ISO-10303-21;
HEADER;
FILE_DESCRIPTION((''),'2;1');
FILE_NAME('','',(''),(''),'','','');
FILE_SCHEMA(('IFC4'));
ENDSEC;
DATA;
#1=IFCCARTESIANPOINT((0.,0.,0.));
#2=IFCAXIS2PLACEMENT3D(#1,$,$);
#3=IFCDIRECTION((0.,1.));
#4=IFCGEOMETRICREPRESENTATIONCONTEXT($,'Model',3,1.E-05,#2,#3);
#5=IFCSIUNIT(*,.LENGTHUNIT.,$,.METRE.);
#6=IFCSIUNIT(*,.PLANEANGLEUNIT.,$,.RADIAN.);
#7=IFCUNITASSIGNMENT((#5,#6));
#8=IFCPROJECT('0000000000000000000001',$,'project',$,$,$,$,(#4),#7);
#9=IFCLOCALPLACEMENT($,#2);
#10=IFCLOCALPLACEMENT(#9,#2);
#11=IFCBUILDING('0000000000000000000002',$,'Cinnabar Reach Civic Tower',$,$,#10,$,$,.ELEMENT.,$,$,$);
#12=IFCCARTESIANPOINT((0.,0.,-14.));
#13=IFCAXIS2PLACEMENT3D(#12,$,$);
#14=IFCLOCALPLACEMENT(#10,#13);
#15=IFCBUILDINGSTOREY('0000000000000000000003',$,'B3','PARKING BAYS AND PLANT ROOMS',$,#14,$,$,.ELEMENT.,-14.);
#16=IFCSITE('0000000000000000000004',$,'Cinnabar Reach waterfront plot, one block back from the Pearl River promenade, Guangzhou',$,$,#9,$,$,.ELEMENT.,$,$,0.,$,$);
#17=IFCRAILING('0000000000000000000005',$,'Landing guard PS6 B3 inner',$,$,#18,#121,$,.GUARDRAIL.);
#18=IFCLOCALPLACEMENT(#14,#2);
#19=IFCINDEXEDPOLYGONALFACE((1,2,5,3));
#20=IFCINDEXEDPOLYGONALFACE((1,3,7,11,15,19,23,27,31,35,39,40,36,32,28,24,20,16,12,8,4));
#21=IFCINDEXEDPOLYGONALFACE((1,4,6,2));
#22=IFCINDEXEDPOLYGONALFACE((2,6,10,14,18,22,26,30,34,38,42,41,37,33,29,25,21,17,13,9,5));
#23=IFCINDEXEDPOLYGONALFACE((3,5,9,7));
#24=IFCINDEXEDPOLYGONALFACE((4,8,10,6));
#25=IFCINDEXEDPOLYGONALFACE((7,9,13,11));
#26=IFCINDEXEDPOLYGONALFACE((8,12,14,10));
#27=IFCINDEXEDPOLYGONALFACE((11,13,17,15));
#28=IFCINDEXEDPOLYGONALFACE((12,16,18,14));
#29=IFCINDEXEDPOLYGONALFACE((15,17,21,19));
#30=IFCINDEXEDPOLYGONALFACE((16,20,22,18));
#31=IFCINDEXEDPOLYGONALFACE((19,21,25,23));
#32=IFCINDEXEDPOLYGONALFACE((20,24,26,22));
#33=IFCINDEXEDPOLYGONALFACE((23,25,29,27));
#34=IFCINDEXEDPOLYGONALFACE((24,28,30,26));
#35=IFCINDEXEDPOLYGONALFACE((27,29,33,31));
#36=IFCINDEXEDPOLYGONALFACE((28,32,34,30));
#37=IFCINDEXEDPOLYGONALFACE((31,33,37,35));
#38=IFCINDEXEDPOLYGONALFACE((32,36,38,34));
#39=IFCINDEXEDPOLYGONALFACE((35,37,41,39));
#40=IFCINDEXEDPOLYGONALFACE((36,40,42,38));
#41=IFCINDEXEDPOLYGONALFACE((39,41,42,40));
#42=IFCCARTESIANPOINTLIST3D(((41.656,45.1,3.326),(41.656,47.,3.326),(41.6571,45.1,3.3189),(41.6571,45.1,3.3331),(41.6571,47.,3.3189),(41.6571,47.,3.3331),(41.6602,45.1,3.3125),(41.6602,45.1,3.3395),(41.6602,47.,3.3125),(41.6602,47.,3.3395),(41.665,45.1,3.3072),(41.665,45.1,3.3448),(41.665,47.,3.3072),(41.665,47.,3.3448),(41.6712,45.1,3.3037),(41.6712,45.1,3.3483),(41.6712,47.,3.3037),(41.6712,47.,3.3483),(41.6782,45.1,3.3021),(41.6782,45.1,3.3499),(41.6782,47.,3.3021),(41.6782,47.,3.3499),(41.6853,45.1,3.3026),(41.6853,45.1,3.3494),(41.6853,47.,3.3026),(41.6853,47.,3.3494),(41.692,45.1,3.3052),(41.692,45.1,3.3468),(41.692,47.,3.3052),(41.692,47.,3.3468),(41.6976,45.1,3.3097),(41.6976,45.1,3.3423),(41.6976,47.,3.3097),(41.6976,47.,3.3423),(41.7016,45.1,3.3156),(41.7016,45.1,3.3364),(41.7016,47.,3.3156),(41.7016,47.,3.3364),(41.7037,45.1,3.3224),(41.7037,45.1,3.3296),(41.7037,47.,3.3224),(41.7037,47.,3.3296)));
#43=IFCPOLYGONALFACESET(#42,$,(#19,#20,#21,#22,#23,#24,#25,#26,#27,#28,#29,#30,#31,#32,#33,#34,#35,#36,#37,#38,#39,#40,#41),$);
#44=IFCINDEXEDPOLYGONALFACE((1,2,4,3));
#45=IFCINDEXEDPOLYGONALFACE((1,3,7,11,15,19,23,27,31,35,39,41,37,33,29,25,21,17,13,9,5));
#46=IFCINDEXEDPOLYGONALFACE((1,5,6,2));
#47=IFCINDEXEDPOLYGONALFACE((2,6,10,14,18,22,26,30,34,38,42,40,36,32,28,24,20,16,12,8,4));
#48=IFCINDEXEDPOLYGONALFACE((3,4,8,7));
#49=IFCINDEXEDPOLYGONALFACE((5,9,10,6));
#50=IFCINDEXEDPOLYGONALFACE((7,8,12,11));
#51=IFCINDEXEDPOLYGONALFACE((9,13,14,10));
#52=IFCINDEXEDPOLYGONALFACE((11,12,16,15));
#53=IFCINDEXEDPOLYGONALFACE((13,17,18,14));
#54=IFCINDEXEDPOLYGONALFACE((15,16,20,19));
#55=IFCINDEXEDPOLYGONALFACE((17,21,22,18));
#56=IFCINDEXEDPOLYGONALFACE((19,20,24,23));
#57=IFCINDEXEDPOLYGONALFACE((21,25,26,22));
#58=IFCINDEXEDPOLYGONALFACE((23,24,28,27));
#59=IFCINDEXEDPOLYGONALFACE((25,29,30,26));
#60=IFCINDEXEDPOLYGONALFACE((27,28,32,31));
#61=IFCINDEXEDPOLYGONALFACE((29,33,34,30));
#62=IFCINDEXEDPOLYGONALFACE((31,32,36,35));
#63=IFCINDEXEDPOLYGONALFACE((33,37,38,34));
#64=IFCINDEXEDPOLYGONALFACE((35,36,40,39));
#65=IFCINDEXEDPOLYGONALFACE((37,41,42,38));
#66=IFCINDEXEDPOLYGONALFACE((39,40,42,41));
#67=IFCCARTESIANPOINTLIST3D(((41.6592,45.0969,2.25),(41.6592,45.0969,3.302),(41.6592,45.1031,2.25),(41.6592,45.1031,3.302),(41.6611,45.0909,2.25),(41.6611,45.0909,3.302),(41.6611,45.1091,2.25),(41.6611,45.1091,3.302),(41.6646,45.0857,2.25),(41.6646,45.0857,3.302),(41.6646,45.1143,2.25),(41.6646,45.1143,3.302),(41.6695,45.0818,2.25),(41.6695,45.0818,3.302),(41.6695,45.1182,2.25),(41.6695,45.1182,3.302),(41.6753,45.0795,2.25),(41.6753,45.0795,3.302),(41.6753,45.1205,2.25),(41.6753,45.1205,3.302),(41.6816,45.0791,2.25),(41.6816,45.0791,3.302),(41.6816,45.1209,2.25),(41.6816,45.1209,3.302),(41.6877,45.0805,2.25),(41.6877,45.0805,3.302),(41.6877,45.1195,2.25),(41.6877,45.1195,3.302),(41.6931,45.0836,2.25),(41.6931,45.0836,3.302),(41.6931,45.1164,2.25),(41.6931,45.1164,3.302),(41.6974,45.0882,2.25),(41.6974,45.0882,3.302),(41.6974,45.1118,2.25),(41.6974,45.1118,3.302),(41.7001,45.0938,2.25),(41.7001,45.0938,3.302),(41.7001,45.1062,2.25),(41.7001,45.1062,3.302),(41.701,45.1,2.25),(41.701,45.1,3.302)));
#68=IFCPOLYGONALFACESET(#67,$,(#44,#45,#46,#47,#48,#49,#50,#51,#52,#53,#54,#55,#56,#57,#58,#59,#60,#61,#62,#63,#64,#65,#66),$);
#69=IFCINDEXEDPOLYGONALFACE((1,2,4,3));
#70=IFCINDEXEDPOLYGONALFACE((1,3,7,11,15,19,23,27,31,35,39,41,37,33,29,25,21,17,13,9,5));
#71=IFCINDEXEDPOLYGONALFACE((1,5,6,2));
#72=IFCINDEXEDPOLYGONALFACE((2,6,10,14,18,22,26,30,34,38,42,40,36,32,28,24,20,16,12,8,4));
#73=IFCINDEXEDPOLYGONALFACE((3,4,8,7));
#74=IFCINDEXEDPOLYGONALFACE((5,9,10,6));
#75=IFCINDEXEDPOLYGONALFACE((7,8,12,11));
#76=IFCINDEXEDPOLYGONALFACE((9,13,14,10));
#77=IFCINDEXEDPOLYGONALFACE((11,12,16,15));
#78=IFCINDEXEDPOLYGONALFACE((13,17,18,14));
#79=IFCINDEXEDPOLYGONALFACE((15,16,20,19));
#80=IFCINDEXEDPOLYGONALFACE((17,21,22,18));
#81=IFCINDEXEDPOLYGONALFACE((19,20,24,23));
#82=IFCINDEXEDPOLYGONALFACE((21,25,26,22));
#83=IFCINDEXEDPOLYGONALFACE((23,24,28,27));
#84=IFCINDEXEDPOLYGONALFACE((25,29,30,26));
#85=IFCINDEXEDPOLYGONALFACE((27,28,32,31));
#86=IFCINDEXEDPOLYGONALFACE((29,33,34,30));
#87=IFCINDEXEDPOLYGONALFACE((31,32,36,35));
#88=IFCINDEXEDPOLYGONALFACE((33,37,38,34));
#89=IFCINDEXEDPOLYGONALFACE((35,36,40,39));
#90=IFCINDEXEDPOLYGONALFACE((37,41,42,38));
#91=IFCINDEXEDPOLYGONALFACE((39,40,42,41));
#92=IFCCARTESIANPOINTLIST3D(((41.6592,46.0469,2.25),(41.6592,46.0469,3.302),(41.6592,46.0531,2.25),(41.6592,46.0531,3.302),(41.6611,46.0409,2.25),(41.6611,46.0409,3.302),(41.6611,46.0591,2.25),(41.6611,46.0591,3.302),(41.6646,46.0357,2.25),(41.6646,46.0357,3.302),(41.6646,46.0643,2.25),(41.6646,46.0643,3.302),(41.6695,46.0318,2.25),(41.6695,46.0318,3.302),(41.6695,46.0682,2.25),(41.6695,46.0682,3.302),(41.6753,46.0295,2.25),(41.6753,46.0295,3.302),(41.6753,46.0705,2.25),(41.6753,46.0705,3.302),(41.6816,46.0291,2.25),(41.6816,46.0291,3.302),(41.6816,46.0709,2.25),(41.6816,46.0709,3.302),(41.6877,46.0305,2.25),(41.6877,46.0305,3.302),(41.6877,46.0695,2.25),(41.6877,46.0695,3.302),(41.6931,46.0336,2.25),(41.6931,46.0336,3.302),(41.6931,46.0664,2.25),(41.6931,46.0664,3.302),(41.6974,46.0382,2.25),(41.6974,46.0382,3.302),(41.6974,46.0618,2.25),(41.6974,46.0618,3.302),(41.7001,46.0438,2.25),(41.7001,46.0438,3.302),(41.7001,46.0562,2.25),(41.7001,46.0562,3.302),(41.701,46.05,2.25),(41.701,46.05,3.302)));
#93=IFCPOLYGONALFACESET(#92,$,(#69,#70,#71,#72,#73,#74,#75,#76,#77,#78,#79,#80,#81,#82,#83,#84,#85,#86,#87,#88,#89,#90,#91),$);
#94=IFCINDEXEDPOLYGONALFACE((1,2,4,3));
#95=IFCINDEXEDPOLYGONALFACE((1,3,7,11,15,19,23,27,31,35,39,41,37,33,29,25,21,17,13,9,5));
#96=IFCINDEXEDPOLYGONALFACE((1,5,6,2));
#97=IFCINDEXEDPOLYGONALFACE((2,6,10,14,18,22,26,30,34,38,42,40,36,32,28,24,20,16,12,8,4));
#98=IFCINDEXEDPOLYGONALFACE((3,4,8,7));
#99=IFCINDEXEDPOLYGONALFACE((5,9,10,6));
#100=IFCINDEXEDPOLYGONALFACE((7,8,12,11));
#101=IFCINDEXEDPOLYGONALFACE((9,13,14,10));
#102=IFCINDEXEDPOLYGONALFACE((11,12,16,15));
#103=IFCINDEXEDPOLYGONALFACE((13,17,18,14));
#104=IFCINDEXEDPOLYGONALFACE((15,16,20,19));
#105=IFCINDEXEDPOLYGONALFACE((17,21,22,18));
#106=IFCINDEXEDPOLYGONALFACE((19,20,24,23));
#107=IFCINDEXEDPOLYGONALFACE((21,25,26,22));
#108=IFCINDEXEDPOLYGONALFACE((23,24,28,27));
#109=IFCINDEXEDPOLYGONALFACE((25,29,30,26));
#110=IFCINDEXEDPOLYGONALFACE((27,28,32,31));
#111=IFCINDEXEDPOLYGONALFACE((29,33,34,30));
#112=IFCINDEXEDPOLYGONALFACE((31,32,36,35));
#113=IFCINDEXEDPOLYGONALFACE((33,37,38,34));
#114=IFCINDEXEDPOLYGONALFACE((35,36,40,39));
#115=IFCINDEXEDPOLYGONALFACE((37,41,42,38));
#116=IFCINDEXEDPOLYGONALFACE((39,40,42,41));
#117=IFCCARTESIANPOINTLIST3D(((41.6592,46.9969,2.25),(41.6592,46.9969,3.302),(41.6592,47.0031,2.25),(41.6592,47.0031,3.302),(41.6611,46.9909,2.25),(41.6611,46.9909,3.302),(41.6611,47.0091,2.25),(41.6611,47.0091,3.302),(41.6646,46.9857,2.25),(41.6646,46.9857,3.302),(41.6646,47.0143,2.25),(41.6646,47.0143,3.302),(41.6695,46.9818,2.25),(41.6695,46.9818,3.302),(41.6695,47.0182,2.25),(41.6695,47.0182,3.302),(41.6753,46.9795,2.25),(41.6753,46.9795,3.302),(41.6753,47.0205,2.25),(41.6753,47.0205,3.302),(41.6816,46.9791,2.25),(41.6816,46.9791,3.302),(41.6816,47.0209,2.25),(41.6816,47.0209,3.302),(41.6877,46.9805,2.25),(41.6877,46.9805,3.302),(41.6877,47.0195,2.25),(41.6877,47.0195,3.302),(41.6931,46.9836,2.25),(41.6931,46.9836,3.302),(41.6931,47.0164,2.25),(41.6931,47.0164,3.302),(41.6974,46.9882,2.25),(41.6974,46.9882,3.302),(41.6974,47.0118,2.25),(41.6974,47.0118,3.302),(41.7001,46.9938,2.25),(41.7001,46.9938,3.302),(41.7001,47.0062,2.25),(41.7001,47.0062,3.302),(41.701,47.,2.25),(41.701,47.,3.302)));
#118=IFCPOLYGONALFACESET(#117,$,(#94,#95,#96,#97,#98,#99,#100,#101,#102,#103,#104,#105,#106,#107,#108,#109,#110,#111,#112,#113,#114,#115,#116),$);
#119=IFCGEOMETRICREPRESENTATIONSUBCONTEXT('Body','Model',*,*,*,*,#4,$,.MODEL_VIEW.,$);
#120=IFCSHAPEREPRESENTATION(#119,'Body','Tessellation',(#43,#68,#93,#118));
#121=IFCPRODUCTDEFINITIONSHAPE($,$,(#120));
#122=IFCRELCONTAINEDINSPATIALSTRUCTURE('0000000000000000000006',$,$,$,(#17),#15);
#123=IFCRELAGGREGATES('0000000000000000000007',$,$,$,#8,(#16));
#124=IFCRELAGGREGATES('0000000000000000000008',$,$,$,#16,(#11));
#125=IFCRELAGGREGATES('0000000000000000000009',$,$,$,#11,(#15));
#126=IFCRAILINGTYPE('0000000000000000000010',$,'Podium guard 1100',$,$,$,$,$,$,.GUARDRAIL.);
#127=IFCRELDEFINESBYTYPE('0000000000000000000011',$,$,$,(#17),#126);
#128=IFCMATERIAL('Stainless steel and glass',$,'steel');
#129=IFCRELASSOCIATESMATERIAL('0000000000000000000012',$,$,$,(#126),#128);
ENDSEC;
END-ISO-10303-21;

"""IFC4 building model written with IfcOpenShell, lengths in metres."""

from ifc_helpers import new_model, si_unit, direction, frame, origin, origin_2d, place, context, subcontext, project, spatial, circle, extrude, material, type_object, element, save


model = new_model("IFC4")

# Units and contexts
model_context = context("Model", 3, precision=1e-05, world=origin(), true_north=direction((0.0, 1.0)))
body_context = subcontext(model_context, "Body", "Model", "MODEL_VIEW")
ifc_project = project(units=[si_unit("LENGTHUNIT", "METRE"), si_unit("PLANEANGLEUNIT", "RADIAN")], contexts=[model_context])

# Site, building, storey
site_placement = place(None, origin())
site = spatial("IfcSite", under=ifc_project, at=site_placement, Name="Cinnabar Reach waterfront plot, one block back from the Pearl River promenade, Guangzhou", CompositionType="ELEMENT", RefElevation=0.0)
building_placement = place(site_placement, origin())
building = spatial("IfcBuilding", under=site, at=building_placement, Name="Cinnabar Reach Civic Tower", CompositionType="ELEMENT")
storey_placement = place(building_placement, frame((0.0, 0.0, -14.0)))
storey = spatial("IfcBuildingStorey", under=building, at=storey_placement, Name="B3", Description="PARKING BAYS AND PLANT ROOMS", CompositionType="ELEMENT", Elevation=-14.0)

# Railing
ifc_material_1 = material(Name="Stainless steel and glass", Category="steel")
railing_type_1 = type_object("IfcRailingType", Name="Podium guard 1100", PredefinedType="GUARDRAIL", material=ifc_material_1)
railing_1_placement = place(storey_placement, frame((41.68, 45.1, 2.25)))
element("IfcRailing", 1, at=railing_1_placement, inside=storey, type_object=railing_type_1, Name="Landing guard PS6 B3 inner", PredefinedType="GUARDRAIL", context=body_context, shape_type="SweptSolid", body=[
    extrude(circle(Radius=0.024, at=origin_2d()), frame((0.0, 0.0, 1.076), z_axis=(0.0, 1.0, 0.0), x_axis=(-1.0, 0.0, 0.0)), (0.0, 0.0, 1.0), 1.9),
    extrude(circle(Radius=0.021, at=origin_2d()), origin(), (0.0, 0.0, 1.0), 1.052),
    extrude(circle(Radius=0.021, at=origin_2d()), frame((0.0, 0.95, 0.0)), (0.0, 0.0, 1.0), 1.052),
    extrude(circle(Radius=0.021, at=origin_2d()), frame((0.0, 1.9, 0.0)), (0.0, 0.0, 1.0), 1.052),
])

save(model, "model.ifc")
